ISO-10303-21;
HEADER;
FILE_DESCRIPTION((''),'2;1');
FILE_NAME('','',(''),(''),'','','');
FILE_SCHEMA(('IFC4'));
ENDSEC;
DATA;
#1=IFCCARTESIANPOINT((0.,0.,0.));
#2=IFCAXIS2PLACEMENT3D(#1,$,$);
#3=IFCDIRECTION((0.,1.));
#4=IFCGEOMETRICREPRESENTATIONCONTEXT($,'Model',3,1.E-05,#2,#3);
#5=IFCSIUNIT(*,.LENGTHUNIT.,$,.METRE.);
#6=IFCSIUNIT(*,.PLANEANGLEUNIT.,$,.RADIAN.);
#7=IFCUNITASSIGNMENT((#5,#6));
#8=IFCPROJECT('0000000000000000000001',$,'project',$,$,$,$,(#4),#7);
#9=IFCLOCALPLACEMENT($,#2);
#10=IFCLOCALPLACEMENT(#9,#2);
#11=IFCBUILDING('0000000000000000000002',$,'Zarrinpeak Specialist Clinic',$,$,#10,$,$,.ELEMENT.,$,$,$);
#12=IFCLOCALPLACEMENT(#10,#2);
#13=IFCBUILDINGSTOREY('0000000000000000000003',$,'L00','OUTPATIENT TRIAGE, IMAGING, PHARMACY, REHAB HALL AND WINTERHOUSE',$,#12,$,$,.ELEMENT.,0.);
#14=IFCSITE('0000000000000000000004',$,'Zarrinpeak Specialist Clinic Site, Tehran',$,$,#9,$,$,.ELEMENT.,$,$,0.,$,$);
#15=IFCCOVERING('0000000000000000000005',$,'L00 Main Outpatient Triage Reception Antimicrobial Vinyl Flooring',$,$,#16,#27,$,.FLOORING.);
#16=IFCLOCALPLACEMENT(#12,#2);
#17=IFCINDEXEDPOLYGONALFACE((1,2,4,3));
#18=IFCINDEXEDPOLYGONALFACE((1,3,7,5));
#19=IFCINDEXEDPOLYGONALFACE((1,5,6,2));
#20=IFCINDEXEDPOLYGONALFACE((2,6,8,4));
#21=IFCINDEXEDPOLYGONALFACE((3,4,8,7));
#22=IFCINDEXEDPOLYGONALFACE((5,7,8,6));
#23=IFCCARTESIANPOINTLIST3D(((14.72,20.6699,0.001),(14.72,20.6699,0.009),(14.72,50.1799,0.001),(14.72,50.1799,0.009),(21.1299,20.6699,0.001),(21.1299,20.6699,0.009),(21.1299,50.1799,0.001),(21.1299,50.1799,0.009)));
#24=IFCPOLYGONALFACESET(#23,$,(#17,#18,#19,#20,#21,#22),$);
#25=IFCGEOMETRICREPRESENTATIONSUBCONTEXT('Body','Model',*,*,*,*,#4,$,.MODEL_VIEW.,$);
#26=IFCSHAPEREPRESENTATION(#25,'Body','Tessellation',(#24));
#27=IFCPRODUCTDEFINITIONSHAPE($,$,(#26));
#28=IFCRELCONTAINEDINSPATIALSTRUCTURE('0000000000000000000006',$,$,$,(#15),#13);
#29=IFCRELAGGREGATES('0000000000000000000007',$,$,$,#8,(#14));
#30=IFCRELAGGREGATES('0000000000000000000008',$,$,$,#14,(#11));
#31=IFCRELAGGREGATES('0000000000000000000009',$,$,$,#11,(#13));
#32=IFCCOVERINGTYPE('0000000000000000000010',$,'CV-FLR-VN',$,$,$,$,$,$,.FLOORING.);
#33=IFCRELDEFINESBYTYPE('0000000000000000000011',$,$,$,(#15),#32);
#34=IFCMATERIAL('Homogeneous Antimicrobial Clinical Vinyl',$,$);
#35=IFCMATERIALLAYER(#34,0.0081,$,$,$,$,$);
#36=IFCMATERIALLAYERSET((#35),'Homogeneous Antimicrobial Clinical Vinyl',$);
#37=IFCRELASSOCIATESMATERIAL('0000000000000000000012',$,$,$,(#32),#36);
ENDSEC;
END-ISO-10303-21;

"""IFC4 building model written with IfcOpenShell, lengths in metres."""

from ifc_helpers import new_model, si_unit, direction, frame, origin, place, context, subcontext, project, spatial, polyline, outline, extrude, material, layer, layer_set, type_object, element, save


model = new_model("IFC4")

# Units and contexts
model_context = context("Model", 3, precision=1e-05, world=origin(), true_north=direction((0.0, 1.0)))
body_context = subcontext(model_context, "Body", "Model", "MODEL_VIEW")
ifc_project = project(units=[si_unit("LENGTHUNIT", "METRE"), si_unit("PLANEANGLEUNIT", "RADIAN")], contexts=[model_context])

# Site, building, storey
site_placement = place(None, origin())
site = spatial("IfcSite", under=ifc_project, at=site_placement, Name="Zarrinpeak Specialist Clinic Site, Tehran", CompositionType="ELEMENT", RefElevation=0.0)
building_placement = place(site_placement, origin())
building = spatial("IfcBuilding", under=site, at=building_placement, Name="Zarrinpeak Specialist Clinic", CompositionType="ELEMENT")
storey_placement = place(building_placement, origin())
storey = spatial("IfcBuildingStorey", under=building, at=storey_placement, Name="L00", Description="OUTPATIENT TRIAGE, IMAGING, PHARMACY, REHAB HALL AND WINTERHOUSE", CompositionType="ELEMENT", Elevation=0.0)

# Covering
ifc_material_1 = material(Name="Homogeneous Antimicrobial Clinical Vinyl")
ifc_layer_1 = layer(ifc_material_1, 0.0081)
ifc_layer_set_1 = layer_set([ifc_layer_1], Name="Homogeneous Antimicrobial Clinical Vinyl")
covering_type_1 = type_object("IfcCoveringType", Name="CV-FLR-VN", PredefinedType="FLOORING", material=ifc_layer_set_1)
covering_1_placement = place(storey_placement, frame((0.0, 0.0, 0.001)))
element("IfcCovering", 1, at=covering_1_placement, inside=storey, type_object=covering_type_1, Name="L00 Main Outpatient Triage Reception Antimicrobial Vinyl Flooring", PredefinedType="FLOORING", context=body_context, shape_type="SweptSolid", body=[
    extrude(outline(polyline([(14.72, 20.6699), (21.1299, 20.6699), (21.1299, 50.1799), (14.72, 50.1799), (14.72, 20.6699)])), origin(), (0.0, 0.0, 1.0), 0.0081),
])

save(model, "model.ifc")
